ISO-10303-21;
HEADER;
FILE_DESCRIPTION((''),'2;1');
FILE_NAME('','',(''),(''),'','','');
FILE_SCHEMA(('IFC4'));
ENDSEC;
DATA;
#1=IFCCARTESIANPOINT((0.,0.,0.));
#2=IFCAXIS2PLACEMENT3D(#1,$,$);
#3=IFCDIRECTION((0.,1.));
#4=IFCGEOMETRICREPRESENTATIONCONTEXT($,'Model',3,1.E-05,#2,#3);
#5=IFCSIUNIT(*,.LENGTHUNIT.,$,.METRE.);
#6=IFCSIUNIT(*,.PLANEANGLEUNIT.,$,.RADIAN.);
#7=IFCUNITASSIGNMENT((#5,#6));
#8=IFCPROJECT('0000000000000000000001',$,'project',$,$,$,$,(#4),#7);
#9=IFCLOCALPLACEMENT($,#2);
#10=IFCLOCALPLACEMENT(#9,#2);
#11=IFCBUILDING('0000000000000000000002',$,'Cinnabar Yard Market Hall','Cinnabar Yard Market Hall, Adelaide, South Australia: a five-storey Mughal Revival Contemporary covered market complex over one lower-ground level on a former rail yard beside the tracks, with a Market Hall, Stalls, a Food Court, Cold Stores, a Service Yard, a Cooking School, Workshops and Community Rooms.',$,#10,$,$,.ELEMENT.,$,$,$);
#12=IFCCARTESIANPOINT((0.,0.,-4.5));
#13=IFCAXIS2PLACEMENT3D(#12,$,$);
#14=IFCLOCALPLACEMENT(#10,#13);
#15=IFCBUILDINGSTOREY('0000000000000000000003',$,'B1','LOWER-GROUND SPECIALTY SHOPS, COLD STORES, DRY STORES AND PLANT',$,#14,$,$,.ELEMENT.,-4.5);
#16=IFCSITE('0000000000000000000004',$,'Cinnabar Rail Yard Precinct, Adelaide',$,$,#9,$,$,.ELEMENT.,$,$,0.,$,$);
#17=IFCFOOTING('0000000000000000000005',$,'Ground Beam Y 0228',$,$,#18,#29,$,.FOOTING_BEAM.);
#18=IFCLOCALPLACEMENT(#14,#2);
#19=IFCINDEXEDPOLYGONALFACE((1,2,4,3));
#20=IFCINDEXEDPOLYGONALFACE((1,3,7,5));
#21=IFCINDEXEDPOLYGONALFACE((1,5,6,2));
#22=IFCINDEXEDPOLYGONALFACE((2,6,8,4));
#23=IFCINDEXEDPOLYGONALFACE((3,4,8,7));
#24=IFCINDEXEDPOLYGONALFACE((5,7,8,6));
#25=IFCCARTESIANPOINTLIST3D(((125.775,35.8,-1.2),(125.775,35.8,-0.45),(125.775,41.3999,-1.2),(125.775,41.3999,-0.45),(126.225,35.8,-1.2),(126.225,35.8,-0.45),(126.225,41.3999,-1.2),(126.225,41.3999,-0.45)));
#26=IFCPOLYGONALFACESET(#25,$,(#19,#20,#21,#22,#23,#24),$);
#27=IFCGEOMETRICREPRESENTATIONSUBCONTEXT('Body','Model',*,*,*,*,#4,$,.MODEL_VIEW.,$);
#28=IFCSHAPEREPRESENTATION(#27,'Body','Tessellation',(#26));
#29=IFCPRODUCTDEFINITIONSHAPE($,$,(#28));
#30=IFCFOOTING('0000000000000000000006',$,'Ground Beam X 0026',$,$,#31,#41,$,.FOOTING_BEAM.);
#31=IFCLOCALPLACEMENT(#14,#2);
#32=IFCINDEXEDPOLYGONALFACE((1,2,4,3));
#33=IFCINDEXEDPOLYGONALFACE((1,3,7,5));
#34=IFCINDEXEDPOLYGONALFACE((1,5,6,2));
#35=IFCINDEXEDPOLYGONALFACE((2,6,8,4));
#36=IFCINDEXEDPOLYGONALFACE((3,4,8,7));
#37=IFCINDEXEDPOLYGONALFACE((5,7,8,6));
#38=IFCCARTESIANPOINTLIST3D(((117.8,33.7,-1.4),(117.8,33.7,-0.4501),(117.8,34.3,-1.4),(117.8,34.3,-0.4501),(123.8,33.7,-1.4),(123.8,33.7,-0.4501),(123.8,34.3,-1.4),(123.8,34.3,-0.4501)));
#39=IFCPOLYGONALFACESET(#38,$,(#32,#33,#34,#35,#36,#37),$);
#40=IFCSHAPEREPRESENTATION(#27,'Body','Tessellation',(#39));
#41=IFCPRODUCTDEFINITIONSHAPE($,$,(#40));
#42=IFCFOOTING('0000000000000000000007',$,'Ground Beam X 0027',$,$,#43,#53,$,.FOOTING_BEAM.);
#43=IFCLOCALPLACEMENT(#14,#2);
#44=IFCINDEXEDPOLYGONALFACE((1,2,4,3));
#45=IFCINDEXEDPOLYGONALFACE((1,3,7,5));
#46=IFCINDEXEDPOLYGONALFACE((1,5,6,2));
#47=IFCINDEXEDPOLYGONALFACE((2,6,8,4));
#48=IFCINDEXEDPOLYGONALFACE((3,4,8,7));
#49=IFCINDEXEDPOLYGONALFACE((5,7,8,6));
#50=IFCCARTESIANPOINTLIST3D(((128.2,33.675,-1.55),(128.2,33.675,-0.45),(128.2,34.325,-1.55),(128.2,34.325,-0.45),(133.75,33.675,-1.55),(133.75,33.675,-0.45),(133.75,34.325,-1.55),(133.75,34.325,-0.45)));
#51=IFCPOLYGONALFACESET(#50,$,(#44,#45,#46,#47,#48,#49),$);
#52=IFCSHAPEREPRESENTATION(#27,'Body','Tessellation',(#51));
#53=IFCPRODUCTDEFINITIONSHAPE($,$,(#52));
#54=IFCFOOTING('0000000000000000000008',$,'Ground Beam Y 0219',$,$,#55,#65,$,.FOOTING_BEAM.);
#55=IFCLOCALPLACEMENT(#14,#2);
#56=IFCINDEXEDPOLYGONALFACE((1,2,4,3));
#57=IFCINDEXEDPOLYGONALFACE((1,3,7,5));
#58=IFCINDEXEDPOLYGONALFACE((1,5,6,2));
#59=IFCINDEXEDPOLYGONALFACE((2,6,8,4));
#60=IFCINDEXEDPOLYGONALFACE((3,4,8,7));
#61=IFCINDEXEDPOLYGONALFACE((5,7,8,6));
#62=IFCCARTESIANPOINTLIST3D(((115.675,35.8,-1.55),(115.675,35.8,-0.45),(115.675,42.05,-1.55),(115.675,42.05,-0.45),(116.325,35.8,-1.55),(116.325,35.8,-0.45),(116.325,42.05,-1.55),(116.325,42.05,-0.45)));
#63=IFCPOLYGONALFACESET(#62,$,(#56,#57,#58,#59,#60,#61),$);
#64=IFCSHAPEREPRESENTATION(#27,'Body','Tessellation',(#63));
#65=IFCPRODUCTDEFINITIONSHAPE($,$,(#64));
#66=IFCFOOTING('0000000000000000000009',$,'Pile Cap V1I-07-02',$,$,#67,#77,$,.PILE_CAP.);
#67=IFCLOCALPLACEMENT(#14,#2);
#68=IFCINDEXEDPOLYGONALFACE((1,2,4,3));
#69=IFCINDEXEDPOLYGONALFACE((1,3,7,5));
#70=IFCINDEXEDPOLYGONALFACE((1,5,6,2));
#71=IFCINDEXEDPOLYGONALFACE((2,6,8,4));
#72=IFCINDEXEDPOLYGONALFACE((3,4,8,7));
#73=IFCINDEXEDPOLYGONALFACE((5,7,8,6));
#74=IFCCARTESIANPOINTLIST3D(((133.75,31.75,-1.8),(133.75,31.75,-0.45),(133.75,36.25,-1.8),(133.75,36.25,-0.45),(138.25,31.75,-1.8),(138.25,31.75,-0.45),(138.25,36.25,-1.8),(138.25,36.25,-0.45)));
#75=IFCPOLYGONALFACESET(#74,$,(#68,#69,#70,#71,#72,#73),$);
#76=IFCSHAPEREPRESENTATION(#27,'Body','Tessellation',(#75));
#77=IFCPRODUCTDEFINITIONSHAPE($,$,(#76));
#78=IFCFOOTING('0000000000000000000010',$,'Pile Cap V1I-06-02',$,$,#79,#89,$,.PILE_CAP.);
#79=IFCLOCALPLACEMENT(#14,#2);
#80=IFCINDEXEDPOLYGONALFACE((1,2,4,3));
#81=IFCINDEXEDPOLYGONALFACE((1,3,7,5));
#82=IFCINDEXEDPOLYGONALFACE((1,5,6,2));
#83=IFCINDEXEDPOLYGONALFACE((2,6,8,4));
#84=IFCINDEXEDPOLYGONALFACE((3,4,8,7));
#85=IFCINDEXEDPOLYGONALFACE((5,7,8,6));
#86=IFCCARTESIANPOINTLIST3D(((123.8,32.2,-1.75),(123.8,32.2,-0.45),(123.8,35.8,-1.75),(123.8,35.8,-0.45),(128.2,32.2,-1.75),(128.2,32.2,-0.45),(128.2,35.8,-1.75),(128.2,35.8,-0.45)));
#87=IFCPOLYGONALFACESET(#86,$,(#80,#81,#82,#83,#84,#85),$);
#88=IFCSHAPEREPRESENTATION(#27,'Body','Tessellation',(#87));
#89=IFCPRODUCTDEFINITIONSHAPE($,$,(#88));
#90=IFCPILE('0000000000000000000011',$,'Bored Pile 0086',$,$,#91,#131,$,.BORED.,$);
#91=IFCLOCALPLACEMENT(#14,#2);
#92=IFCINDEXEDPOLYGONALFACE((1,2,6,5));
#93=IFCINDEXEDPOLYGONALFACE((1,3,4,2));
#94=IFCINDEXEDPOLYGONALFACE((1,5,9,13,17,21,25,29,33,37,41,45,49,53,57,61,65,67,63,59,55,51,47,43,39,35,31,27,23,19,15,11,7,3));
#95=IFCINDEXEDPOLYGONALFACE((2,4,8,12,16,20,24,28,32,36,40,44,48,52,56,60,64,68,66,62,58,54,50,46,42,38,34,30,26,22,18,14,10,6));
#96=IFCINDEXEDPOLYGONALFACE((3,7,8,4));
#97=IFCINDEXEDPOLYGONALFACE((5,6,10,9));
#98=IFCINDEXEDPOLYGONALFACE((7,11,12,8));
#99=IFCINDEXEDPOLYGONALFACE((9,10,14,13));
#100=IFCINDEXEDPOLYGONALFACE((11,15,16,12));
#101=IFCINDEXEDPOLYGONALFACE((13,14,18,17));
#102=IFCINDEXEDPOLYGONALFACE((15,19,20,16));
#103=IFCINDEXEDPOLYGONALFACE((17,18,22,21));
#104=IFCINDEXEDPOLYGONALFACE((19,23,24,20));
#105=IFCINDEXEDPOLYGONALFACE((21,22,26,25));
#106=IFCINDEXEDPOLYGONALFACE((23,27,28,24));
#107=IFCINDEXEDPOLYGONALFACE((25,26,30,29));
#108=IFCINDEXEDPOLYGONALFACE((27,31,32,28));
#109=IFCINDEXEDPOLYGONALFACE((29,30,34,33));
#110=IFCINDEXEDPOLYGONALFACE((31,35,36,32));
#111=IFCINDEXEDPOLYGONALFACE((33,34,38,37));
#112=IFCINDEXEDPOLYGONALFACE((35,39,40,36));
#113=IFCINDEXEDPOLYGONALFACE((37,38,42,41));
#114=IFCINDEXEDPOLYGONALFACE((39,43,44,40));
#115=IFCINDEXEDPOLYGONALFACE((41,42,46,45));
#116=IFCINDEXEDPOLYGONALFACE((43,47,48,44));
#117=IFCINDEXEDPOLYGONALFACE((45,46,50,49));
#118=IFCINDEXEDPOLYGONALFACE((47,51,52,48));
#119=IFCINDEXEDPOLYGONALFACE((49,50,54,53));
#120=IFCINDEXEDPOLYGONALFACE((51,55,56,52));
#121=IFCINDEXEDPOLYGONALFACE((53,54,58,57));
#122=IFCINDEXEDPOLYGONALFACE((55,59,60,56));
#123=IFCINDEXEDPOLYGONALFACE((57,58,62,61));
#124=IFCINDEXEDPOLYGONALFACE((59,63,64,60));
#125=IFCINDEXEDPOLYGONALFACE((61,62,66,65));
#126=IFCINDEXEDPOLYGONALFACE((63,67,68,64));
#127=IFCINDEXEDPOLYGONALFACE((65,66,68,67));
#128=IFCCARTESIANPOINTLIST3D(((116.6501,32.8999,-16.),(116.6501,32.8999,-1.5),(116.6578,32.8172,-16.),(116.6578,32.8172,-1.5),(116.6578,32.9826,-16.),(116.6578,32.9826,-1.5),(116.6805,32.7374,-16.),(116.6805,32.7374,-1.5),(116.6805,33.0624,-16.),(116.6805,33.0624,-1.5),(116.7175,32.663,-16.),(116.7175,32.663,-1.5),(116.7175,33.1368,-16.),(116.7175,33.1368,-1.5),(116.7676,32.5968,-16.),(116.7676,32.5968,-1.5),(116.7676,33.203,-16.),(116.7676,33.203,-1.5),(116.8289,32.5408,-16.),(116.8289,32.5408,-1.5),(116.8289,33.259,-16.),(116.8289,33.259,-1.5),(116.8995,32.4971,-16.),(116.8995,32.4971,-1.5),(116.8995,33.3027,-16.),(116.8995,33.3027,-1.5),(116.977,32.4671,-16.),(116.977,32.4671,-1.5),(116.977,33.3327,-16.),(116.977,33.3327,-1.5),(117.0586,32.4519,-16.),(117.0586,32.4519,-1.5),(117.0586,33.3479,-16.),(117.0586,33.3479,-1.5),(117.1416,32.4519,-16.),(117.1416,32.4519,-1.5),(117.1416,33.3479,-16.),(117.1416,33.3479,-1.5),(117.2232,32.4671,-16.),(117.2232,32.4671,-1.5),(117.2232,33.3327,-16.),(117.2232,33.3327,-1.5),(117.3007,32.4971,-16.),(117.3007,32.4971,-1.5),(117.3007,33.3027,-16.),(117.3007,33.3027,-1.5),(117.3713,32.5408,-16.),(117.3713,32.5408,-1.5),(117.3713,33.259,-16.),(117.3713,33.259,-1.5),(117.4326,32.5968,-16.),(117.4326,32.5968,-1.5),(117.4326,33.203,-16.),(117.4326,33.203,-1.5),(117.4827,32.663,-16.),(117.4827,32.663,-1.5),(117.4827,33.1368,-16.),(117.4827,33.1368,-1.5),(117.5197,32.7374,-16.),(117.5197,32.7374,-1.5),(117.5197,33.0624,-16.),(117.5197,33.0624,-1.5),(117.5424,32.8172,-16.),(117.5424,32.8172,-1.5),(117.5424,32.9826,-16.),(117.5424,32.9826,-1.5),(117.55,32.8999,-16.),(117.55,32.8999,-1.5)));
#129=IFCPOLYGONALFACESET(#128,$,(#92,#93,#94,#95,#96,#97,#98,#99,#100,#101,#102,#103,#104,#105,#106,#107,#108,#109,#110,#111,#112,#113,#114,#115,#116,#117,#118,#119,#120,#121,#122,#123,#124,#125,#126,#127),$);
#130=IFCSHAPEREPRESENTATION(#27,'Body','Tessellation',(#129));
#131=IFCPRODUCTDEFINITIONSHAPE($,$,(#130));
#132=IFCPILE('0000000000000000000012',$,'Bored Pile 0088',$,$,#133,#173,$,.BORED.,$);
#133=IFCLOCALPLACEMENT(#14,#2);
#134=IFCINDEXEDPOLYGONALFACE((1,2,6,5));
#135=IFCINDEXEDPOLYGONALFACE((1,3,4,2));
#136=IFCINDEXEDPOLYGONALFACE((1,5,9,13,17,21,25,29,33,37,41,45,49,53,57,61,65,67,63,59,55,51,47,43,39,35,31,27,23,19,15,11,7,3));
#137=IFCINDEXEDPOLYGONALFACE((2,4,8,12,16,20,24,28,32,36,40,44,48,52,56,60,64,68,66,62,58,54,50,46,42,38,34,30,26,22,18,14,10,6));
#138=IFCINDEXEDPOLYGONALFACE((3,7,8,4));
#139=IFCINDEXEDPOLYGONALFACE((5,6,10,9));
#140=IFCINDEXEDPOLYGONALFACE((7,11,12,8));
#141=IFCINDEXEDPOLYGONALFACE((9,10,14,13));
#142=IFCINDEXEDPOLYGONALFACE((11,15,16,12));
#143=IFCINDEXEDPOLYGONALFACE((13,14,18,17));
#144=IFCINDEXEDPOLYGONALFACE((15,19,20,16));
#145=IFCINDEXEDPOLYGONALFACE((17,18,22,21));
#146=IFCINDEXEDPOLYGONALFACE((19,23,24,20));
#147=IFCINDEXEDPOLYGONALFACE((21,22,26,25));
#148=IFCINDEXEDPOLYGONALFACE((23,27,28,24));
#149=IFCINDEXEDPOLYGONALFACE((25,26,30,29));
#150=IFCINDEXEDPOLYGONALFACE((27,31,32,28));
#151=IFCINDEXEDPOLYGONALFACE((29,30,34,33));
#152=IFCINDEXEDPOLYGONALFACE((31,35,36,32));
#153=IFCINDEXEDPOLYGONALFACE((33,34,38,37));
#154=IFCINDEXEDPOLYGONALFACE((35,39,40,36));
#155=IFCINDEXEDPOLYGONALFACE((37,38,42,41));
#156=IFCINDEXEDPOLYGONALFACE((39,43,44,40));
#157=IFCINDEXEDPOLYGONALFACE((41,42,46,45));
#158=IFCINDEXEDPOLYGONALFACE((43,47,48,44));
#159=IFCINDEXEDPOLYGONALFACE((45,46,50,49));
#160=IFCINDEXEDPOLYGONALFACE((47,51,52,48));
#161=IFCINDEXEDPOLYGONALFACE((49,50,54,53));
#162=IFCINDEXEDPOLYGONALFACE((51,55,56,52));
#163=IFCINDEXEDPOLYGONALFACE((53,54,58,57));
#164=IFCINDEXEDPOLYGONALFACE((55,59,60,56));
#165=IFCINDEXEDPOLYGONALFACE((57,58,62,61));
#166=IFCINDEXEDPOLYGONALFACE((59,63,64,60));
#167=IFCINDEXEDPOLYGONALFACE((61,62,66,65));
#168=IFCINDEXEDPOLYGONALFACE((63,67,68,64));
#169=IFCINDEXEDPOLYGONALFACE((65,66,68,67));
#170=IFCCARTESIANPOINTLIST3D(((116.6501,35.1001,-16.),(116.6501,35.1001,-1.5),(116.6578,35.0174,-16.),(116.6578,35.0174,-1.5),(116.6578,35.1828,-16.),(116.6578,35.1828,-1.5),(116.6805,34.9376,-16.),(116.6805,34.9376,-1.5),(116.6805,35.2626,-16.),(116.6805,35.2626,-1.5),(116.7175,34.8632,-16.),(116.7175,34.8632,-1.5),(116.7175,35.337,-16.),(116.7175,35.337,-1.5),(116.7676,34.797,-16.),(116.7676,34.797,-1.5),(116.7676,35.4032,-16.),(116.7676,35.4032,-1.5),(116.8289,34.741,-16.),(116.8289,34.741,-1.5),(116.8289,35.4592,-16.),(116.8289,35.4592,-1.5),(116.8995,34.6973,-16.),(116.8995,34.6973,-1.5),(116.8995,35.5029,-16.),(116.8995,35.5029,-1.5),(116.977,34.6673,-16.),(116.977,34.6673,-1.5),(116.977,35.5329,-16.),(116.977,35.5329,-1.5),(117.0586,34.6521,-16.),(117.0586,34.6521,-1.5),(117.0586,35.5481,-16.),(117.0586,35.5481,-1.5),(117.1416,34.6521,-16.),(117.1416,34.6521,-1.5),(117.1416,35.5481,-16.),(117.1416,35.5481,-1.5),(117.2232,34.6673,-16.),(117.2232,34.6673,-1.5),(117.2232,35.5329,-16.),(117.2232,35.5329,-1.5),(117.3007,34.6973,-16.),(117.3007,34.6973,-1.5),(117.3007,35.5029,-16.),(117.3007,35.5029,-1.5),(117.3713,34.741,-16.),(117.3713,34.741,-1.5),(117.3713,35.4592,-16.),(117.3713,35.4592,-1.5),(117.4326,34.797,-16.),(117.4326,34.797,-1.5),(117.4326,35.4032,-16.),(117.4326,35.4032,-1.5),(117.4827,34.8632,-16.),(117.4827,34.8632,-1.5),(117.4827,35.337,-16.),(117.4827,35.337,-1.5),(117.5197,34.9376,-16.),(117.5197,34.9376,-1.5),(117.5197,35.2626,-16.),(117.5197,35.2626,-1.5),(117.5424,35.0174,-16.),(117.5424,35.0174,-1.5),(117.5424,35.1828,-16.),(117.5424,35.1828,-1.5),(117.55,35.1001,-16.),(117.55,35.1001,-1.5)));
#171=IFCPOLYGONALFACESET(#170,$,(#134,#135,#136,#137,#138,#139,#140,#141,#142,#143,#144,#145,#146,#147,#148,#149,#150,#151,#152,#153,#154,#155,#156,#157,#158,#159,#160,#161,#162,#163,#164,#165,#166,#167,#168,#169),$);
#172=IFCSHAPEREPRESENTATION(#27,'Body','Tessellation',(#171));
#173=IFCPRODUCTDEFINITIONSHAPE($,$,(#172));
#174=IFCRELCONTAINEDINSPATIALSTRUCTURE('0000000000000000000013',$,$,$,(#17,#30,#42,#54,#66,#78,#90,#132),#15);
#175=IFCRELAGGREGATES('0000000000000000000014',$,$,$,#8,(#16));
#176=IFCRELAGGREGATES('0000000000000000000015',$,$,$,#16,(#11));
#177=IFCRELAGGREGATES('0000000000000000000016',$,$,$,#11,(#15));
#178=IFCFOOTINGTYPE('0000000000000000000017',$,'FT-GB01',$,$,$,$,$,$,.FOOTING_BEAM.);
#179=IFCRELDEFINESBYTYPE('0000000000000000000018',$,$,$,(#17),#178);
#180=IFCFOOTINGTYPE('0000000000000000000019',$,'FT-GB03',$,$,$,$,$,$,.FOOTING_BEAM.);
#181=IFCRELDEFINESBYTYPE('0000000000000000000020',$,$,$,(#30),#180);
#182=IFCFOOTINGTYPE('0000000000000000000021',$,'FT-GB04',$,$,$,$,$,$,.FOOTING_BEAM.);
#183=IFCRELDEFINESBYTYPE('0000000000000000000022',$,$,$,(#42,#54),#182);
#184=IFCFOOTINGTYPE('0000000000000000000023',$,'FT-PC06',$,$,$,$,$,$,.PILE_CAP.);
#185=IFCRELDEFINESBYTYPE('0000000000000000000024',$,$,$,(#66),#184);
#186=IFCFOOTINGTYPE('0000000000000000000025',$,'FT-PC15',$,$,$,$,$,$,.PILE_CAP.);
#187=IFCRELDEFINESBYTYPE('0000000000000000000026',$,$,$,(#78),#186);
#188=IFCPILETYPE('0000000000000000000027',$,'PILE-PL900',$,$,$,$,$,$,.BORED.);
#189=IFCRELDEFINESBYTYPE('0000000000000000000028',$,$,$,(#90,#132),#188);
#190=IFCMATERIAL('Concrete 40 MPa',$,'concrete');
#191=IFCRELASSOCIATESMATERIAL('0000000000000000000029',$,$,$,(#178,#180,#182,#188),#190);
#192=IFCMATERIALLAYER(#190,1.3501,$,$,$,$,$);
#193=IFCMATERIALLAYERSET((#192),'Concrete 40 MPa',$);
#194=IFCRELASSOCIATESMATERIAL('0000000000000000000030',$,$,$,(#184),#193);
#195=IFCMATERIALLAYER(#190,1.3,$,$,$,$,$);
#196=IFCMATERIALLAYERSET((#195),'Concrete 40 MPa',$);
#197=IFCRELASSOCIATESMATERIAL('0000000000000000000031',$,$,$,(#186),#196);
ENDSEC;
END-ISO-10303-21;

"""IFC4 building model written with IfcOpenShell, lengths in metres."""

from ifc_helpers import new_model, si_unit, direction, frame, origin, origin_2d_with_axis, place, context, subcontext, project, spatial, rectangle, circle, extrude, material, layer, layer_set, material_profile, profile_set, type_object, element, save


model = new_model("IFC4")

# Units and contexts
model_context = context("Model", 3, precision=1e-05, world=origin(), true_north=direction((0.0, 1.0)))
body_context = subcontext(model_context, "Body", "Model", "MODEL_VIEW")
ifc_project = project(units=[si_unit("LENGTHUNIT", "METRE"), si_unit("PLANEANGLEUNIT", "RADIAN")], contexts=[model_context])

# Site, building, storey
site_placement = place(None, origin())
site = spatial("IfcSite", under=ifc_project, at=site_placement, Name="Cinnabar Rail Yard Precinct, Adelaide", CompositionType="ELEMENT", RefElevation=0.0)
building_placement = place(site_placement, origin())
building = spatial("IfcBuilding", under=site, at=building_placement, Name="Cinnabar Yard Market Hall", Description="Cinnabar Yard Market Hall, Adelaide, South Australia: a five-storey Mughal Revival Contemporary covered market complex over one lower-ground level on a former rail yard beside the tracks, with a Market Hall, Stalls, a Food Court, Cold Stores, a Service Yard, a Cooking School, Workshops and Community Rooms.", CompositionType="ELEMENT")
storey_placement = place(building_placement, frame((0.0, 0.0, -4.5)))
storey = spatial("IfcBuildingStorey", under=building, at=storey_placement, Name="B1", Description="LOWER-GROUND SPECIALTY SHOPS, COLD STORES, DRY STORES AND PLANT", CompositionType="ELEMENT", Elevation=-4.5)

# Footings
ifc_material_1 = material(Name="Concrete 40 MPa", Category="concrete")
ifc_material_profile_1 = material_profile(ifc_material_1, rectangle(XDim=0.45, YDim=0.75, at=origin_2d_with_axis()), Name="GB-450x750")
ifc_profile_set_1 = profile_set([ifc_material_profile_1], Name="Concrete 40 MPa")
footing_type_1 = type_object("IfcFootingType", Name="FT-GB01", PredefinedType="FOOTING_BEAM", material=ifc_profile_set_1)
footing_1_placement = place(storey_placement, frame((126.0, 35.8, -0.825), z_axis=(0.0, 1.0, 0.0), x_axis=(-1.0, 0.0, 0.0)))
element("IfcFooting", 1, at=footing_1_placement, inside=storey, type_object=footing_type_1, Name="Ground Beam Y 0228", PredefinedType="FOOTING_BEAM", context=body_context, shape_type="SweptSolid", body=[
    extrude(rectangle(XDim=0.45, YDim=0.75, at=origin_2d_with_axis()), origin(), (0.0, 0.0, 1.0), 5.5999),
])
ifc_material_profile_2 = material_profile(ifc_material_1, rectangle(XDim=0.6001, YDim=0.95, at=origin_2d_with_axis()), Name="GB-600x950")
ifc_profile_set_2 = profile_set([ifc_material_profile_2], Name="Concrete 40 MPa")
footing_type_2 = type_object("IfcFootingType", Name="FT-GB03", PredefinedType="FOOTING_BEAM", material=ifc_profile_set_2)
footing_2_placement = place(storey_placement, frame((117.8, 34.0, -0.925), z_axis=(1.0, 0.0, 0.0), x_axis=(0.0, 1.0, 0.0)))
element("IfcFooting", 2, at=footing_2_placement, inside=storey, type_object=footing_type_2, Name="Ground Beam X 0026", PredefinedType="FOOTING_BEAM", context=body_context, shape_type="SweptSolid", body=[
    extrude(rectangle(XDim=0.6001, YDim=0.95, at=origin_2d_with_axis()), origin(), (0.0, 0.0, 1.0), 6.0),
])
ifc_material_profile_3 = material_profile(ifc_material_1, rectangle(XDim=0.6499, YDim=1.1001, at=origin_2d_with_axis()), Name="GB-650x1100")
ifc_profile_set_3 = profile_set([ifc_material_profile_3], Name="Concrete 40 MPa")
footing_type_3 = type_object("IfcFootingType", Name="FT-GB04", PredefinedType="FOOTING_BEAM", material=ifc_profile_set_3)
footing_3_placement = place(storey_placement, frame((128.2, 34.0, -1.0), z_axis=(1.0, 0.0, 0.0), x_axis=(0.0, 1.0, 0.0)))
element("IfcFooting", 3, at=footing_3_placement, inside=storey, type_object=footing_type_3, Name="Ground Beam X 0027", PredefinedType="FOOTING_BEAM", context=body_context, shape_type="SweptSolid", body=[
    extrude(rectangle(XDim=0.6499, YDim=1.1001, at=origin_2d_with_axis()), origin(), (0.0, 0.0, 1.0), 5.55),
])
footing_4_placement = place(storey_placement, frame((116.0, 35.8, -1.0), z_axis=(0.0, 1.0, 0.0), x_axis=(-1.0, 0.0, 0.0)))
element("IfcFooting", 4, at=footing_4_placement, inside=storey, type_object=footing_type_3, Name="Ground Beam Y 0219", PredefinedType="FOOTING_BEAM", context=body_context, shape_type="SweptSolid", body=[
    extrude(rectangle(XDim=0.6499, YDim=1.1001, at=origin_2d_with_axis()), origin(), (0.0, 0.0, 1.0), 6.25),
])
ifc_layer_1 = layer(ifc_material_1, 1.3501)
ifc_layer_set_1 = layer_set([ifc_layer_1], Name="Concrete 40 MPa")
footing_type_4 = type_object("IfcFootingType", Name="FT-PC06", PredefinedType="PILE_CAP", material=ifc_layer_set_1)
footing_5_placement = place(storey_placement, frame((136.0, 34.0, -1.8), z_axis=(0.0, 0.0, 1.0), x_axis=(1.0, 0.0, 0.0)))
element("IfcFooting", 5, at=footing_5_placement, inside=storey, type_object=footing_type_4, Name="Pile Cap V1I-07-02", PredefinedType="PILE_CAP", context=body_context, shape_type="SweptSolid", body=[
    extrude(rectangle(XDim=4.5, YDim=4.5, at=origin_2d_with_axis()), origin(), (0.0, 0.0, 1.0), 1.3501),
])
ifc_layer_2 = layer(ifc_material_1, 1.3)
ifc_layer_set_2 = layer_set([ifc_layer_2], Name="Concrete 40 MPa")
footing_type_5 = type_object("IfcFootingType", Name="FT-PC15", PredefinedType="PILE_CAP", material=ifc_layer_set_2)
footing_6_placement = place(storey_placement, frame((126.0, 34.0, -1.75), z_axis=(0.0, 0.0, 1.0), x_axis=(1.0, 0.0, 0.0)))
element("IfcFooting", 6, at=footing_6_placement, inside=storey, type_object=footing_type_5, Name="Pile Cap V1I-06-02", PredefinedType="PILE_CAP", context=body_context, shape_type="SweptSolid", body=[
    extrude(rectangle(XDim=4.3999, YDim=3.6001, at=origin_2d_with_axis()), origin(), (0.0, 0.0, 1.0), 1.3),
])

# Piles
ifc_material_profile_4 = material_profile(ifc_material_1, circle(Radius=0.45, at=origin_2d_with_axis()), Name="PILE-D900")
ifc_profile_set_4 = profile_set([ifc_material_profile_4], Name="Concrete 40 MPa")
pile_type = type_object("IfcPileType", Name="PILE-PL900", PredefinedType="BORED", material=ifc_profile_set_4)
for number, where, z_axis, x_axis, name in (
    (7, (117.1001, 32.8999, -1.5), (0.0, 0.0, -1.0), (1.0, 0.0, 0.0), "Bored Pile 0086"),
    (8, (117.1001, 35.1001, -1.5), (0.0, 0.0, -1.0), (1.0, 0.0, 0.0), "Bored Pile 0088"),
):
    element("IfcPile", number, at=place(storey_placement, frame(where, z_axis=z_axis, x_axis=x_axis)), inside=storey, type_object=pile_type, Name=name, PredefinedType="BORED", context=body_context, shape_type="SweptSolid", body=[
        extrude(circle(Radius=0.45, at=origin_2d_with_axis()), origin(), (0.0, 0.0, 1.0), 14.5),
    ])

save(model, "model.ifc")
